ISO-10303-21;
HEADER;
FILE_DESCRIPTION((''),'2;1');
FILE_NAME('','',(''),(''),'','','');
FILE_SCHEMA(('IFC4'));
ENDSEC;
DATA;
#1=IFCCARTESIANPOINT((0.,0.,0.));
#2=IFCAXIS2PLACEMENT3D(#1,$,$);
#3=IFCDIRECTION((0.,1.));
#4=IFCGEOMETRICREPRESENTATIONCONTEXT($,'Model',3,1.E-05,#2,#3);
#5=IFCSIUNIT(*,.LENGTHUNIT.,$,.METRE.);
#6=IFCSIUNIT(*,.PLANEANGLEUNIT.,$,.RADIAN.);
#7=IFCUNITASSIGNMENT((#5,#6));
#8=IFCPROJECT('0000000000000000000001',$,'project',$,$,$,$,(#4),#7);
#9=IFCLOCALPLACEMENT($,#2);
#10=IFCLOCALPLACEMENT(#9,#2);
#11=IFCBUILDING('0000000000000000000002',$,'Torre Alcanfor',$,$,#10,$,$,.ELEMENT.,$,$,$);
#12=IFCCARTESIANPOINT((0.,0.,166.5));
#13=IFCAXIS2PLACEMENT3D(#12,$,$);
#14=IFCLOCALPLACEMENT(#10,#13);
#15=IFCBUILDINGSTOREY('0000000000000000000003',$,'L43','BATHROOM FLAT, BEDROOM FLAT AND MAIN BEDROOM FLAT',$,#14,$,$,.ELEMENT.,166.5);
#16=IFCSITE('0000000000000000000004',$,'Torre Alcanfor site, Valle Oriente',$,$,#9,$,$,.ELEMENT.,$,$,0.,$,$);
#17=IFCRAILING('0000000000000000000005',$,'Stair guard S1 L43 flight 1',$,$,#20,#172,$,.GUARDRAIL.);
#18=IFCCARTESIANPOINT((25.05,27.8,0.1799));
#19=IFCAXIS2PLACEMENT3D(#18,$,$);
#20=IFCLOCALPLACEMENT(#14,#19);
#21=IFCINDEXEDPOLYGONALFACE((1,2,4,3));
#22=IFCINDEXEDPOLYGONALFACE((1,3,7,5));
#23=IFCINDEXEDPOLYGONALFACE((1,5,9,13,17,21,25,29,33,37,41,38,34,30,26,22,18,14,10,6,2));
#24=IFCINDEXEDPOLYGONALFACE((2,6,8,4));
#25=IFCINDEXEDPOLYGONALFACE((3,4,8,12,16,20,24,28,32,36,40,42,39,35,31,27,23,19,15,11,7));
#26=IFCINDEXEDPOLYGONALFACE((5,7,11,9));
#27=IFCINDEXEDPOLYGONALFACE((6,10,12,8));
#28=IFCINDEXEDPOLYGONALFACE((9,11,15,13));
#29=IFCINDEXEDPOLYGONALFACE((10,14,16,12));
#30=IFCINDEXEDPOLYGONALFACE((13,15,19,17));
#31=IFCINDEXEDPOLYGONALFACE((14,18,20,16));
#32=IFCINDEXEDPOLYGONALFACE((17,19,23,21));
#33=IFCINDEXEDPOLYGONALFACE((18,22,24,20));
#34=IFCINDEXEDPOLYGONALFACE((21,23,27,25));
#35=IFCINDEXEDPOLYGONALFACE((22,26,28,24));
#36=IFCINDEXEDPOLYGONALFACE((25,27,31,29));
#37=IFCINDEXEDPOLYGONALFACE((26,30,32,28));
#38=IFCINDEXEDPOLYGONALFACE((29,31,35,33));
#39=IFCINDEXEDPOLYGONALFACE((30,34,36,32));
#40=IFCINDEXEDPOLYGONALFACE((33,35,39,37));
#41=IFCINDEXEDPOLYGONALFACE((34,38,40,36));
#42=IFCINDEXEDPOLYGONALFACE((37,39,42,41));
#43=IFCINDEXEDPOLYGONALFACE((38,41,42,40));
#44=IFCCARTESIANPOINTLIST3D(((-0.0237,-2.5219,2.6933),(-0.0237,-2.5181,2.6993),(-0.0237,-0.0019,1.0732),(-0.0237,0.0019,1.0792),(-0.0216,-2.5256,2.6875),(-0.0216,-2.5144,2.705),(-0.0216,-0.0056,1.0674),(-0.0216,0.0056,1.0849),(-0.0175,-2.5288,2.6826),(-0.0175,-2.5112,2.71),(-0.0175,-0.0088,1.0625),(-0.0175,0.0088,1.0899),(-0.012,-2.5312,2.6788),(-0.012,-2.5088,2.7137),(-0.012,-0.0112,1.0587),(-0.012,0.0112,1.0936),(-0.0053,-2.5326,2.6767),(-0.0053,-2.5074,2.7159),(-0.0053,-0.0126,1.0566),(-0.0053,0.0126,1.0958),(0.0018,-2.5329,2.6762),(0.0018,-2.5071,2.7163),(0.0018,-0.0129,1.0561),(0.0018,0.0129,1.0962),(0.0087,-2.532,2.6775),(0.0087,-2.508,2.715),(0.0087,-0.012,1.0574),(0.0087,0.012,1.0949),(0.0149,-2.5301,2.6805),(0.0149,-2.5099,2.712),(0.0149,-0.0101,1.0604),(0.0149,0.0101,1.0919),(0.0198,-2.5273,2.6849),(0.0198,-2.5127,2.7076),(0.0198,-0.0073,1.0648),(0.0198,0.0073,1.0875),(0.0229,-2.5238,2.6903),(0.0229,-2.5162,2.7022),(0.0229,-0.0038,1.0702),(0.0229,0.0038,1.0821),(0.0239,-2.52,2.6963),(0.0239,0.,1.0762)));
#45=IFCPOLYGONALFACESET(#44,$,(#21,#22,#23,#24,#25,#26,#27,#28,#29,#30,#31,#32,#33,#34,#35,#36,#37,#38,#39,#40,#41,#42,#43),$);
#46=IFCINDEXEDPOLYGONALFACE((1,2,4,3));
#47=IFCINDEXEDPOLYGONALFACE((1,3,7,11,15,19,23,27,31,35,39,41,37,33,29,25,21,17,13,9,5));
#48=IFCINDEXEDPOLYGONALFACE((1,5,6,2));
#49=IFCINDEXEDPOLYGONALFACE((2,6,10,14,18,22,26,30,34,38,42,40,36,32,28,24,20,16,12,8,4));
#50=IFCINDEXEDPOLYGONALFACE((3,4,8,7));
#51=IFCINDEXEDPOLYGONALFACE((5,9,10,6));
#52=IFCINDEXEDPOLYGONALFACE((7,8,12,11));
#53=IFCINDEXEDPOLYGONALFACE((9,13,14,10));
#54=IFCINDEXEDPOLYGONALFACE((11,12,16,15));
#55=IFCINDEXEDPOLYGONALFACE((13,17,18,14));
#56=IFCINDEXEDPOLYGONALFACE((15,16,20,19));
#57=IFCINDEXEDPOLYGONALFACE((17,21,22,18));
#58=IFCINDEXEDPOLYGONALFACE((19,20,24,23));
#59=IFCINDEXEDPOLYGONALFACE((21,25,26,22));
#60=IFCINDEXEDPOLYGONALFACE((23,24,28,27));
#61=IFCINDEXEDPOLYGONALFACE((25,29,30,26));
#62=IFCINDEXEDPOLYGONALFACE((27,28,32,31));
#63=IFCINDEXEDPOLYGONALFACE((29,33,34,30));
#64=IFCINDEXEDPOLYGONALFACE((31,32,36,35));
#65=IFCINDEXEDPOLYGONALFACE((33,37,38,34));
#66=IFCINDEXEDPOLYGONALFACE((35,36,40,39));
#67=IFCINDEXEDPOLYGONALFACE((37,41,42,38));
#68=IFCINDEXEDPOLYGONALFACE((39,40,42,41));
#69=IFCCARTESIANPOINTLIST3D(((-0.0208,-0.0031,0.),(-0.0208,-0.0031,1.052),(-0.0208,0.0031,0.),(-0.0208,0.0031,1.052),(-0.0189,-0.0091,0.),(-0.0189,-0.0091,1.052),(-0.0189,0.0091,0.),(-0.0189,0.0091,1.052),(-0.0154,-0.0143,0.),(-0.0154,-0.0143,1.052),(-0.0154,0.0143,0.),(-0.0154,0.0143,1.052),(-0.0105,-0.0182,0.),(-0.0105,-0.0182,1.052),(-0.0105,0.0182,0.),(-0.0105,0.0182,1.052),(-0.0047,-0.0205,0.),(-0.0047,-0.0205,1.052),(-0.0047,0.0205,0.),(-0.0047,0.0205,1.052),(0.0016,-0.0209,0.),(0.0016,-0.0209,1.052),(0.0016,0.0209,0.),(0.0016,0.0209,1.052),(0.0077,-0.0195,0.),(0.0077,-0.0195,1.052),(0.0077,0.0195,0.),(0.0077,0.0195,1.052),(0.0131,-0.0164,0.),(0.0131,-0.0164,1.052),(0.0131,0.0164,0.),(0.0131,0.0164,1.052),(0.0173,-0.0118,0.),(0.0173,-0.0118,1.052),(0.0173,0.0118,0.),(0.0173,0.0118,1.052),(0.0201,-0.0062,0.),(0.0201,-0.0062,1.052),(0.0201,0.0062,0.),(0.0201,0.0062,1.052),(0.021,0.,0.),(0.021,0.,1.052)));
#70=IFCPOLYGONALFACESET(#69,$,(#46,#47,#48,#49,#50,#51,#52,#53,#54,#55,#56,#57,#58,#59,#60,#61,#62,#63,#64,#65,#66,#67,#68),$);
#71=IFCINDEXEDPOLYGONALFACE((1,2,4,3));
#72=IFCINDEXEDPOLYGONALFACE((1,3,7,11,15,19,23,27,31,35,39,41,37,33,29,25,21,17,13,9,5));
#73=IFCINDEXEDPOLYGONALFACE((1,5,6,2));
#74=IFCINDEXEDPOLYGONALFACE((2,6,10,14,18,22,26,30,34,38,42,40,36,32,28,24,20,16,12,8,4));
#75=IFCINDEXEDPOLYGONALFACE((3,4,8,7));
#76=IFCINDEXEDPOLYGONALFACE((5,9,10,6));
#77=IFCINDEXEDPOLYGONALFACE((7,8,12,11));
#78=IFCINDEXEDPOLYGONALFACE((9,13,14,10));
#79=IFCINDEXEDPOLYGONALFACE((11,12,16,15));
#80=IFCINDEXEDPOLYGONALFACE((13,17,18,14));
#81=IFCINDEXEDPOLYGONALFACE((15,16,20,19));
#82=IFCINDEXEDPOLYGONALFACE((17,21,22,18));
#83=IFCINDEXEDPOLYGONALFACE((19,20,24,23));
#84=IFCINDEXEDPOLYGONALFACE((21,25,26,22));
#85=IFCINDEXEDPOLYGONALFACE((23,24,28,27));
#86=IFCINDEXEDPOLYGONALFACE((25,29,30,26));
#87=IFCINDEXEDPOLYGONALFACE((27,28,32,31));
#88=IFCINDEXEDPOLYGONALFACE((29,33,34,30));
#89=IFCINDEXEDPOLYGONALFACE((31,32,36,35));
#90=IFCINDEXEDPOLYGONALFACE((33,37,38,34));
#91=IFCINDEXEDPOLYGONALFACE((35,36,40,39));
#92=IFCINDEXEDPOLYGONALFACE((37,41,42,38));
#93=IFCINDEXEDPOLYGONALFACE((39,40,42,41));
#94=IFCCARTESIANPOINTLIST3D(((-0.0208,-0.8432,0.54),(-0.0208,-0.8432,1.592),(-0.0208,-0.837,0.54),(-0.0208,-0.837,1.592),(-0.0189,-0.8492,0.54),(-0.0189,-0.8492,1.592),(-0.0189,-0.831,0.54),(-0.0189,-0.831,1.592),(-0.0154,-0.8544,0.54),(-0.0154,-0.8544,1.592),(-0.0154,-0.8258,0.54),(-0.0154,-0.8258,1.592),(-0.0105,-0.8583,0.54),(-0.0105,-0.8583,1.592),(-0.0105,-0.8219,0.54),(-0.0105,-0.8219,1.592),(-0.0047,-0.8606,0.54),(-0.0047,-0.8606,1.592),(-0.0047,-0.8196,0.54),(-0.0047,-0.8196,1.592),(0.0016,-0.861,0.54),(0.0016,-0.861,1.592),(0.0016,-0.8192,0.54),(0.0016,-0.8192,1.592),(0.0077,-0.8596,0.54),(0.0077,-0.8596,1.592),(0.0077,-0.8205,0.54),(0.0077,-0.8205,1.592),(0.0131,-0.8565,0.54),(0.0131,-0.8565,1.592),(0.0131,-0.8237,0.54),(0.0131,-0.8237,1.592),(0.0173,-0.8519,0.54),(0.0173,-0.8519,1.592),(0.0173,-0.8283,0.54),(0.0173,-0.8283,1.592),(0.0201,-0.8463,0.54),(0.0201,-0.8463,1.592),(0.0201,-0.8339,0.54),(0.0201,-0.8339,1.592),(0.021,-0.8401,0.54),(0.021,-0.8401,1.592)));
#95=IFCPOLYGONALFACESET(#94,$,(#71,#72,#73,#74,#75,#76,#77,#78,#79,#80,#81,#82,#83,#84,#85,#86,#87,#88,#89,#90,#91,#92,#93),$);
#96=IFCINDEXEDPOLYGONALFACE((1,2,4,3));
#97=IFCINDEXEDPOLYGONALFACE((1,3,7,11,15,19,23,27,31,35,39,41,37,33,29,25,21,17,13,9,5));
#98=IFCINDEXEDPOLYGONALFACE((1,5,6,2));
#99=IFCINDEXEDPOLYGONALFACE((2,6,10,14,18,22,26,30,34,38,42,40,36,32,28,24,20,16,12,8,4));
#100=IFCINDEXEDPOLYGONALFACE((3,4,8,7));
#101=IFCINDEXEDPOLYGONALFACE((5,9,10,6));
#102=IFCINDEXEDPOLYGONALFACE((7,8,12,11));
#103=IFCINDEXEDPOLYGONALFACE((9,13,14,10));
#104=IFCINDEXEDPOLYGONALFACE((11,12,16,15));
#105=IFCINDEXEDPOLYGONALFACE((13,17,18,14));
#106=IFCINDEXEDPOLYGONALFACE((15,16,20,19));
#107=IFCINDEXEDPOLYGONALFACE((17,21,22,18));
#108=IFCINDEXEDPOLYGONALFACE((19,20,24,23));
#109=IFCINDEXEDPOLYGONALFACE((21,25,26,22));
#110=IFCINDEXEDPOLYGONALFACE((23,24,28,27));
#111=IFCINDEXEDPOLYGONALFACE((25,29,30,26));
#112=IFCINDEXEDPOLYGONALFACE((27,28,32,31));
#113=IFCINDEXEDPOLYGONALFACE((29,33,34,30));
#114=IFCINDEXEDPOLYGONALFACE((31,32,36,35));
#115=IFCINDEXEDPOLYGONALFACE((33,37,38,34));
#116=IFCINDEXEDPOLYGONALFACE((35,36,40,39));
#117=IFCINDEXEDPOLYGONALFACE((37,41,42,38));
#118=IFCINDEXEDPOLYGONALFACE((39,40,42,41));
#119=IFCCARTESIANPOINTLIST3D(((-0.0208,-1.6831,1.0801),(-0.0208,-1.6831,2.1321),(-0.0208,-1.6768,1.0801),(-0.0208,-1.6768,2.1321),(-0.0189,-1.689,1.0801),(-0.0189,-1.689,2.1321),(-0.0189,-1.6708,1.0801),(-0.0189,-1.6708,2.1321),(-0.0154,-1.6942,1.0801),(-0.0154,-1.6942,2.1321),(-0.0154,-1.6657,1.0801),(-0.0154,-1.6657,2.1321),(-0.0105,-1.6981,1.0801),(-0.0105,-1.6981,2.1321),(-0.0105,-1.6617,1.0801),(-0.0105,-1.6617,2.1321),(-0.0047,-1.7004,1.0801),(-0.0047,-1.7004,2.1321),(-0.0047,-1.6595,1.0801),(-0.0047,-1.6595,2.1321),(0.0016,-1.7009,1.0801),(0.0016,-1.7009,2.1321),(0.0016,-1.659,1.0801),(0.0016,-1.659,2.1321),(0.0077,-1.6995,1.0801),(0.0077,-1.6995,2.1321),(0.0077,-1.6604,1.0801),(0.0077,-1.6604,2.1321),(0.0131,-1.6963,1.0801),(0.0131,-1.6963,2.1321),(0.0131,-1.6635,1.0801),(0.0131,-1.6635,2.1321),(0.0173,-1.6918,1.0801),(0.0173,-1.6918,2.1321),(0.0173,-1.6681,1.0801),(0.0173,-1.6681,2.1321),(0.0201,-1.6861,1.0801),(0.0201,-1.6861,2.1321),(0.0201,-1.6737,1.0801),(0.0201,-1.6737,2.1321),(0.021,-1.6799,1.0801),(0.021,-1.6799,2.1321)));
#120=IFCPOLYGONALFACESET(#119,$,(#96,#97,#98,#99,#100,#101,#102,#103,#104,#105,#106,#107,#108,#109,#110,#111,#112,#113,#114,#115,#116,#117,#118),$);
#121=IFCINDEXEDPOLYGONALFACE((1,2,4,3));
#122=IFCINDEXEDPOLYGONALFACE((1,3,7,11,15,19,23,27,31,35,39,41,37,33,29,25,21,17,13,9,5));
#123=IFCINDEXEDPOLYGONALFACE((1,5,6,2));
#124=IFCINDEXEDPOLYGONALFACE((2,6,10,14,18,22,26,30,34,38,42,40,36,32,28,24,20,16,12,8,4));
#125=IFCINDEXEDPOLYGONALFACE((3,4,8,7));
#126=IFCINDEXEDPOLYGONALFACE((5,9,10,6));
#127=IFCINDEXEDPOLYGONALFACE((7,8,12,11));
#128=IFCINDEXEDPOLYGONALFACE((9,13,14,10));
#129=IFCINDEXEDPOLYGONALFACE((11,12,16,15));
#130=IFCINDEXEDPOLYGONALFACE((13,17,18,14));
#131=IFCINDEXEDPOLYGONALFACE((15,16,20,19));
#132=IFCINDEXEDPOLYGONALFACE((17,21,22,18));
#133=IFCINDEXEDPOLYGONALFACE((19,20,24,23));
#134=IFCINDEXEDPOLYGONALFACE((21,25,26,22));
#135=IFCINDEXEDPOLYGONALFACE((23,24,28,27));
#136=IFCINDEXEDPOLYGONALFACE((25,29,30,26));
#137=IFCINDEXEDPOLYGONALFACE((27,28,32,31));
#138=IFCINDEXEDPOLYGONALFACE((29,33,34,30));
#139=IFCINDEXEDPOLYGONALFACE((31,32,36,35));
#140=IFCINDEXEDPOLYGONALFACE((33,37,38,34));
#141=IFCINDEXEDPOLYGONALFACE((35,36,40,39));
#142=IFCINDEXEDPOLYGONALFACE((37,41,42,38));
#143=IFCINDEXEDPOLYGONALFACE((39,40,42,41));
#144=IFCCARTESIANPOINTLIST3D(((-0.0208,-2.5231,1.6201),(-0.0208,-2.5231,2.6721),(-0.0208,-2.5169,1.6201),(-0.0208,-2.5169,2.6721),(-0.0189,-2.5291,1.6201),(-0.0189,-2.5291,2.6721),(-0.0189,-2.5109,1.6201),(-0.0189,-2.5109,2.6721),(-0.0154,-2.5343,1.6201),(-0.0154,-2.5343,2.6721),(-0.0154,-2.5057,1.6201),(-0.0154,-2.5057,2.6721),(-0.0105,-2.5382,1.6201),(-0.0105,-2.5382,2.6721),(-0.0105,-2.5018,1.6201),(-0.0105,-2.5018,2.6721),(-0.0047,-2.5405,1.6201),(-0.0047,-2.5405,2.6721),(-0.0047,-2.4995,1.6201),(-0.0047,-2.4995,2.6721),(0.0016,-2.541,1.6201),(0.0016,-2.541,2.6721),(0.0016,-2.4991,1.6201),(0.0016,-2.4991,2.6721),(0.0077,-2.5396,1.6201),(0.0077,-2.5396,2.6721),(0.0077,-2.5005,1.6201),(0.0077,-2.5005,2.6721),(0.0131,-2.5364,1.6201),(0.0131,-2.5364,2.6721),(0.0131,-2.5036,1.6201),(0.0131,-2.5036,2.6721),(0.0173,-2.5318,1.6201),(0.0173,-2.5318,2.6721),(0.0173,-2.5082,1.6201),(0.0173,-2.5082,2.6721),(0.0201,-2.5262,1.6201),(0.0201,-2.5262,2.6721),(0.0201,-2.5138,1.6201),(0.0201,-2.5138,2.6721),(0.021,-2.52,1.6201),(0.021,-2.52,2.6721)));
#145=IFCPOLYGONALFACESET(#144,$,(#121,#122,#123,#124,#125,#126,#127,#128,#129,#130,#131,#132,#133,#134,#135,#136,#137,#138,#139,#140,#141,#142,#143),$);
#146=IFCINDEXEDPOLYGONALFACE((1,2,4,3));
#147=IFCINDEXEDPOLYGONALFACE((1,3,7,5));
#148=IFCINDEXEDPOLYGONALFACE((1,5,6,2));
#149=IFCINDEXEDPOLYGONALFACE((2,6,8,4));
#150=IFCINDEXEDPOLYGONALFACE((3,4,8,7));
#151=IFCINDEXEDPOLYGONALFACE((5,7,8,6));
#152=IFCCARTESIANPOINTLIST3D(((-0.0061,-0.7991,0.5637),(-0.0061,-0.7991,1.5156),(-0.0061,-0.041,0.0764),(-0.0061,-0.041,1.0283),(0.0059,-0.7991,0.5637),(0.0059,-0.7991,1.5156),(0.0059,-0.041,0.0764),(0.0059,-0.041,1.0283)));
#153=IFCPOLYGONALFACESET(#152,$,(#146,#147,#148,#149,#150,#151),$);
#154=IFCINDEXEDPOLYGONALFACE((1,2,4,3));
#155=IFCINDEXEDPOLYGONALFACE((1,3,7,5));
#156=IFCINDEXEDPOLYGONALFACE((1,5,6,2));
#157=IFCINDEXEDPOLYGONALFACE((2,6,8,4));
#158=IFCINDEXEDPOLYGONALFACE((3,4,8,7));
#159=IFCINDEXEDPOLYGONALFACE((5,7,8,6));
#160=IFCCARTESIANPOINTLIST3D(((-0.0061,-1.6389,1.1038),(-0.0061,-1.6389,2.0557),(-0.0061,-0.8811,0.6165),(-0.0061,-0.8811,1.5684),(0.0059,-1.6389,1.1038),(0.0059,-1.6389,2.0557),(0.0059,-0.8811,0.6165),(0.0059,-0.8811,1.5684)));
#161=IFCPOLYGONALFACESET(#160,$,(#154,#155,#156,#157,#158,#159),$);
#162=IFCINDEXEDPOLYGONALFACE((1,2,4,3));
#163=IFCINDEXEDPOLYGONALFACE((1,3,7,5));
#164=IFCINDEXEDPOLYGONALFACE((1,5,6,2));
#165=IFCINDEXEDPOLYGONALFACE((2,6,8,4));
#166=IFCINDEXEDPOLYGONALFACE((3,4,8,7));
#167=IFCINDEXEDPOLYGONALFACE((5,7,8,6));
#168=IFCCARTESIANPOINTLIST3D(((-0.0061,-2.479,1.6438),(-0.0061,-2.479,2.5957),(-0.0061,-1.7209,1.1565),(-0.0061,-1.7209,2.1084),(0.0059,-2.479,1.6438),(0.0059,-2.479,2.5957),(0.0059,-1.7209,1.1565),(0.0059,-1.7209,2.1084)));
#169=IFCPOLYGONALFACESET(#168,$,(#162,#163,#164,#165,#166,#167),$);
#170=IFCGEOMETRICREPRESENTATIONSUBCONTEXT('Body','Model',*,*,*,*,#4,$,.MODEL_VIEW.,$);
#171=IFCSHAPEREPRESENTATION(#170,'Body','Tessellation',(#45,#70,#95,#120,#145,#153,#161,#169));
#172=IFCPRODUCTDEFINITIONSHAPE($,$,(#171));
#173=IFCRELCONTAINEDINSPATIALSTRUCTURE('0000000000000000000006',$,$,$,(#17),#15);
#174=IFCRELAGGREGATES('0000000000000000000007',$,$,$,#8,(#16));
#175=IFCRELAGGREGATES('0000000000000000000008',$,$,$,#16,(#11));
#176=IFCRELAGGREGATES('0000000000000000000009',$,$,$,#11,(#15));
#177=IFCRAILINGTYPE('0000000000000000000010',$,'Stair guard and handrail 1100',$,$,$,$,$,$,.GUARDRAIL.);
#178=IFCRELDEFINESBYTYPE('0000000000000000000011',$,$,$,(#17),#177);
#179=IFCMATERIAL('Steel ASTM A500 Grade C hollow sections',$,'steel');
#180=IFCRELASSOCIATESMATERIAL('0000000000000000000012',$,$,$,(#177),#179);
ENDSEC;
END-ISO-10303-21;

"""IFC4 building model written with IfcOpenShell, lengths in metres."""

from ifc_helpers import new_model, si_unit, direction, frame, origin, origin_2d, place, context, subcontext, project, spatial, polyline, circle, outline, extrude, material, type_object, element, save


model = new_model("IFC4")

# Units and contexts
model_context = context("Model", 3, precision=1e-05, world=origin(), true_north=direction((0.0, 1.0)))
body_context = subcontext(model_context, "Body", "Model", "MODEL_VIEW")
ifc_project = project(units=[si_unit("LENGTHUNIT", "METRE"), si_unit("PLANEANGLEUNIT", "RADIAN")], contexts=[model_context])

# Site, building, storey
site_placement = place(None, origin())
site = spatial("IfcSite", under=ifc_project, at=site_placement, Name="Torre Alcanfor site, Valle Oriente", CompositionType="ELEMENT", RefElevation=0.0)
building_placement = place(site_placement, origin())
building = spatial("IfcBuilding", under=site, at=building_placement, Name="Torre Alcanfor", CompositionType="ELEMENT")
storey_placement = place(building_placement, frame((0.0, 0.0, 166.5)))
storey = spatial("IfcBuildingStorey", under=building, at=storey_placement, Name="L43", Description="BATHROOM FLAT, BEDROOM FLAT AND MAIN BEDROOM FLAT", CompositionType="ELEMENT", Elevation=166.5)

# Railing
ifc_material_1 = material(Name="Steel ASTM A500 Grade C hollow sections", Category="steel")
railing_type_1 = type_object("IfcRailingType", Name="Stair guard and handrail 1100", PredefinedType="GUARDRAIL", material=ifc_material_1)
railing_1_placement = place(storey_placement, frame((25.05, 27.8, 0.1799)))
element("IfcRailing", 1, at=railing_1_placement, inside=storey, type_object=railing_type_1, Name="Stair guard S1 L43 flight 1", PredefinedType="GUARDRAIL", context=body_context, shape_type="SweptSolid", body=[
    extrude(circle(Radius=0.0239, at=origin_2d()), frame((0.0, 0.0, 1.0762), z_axis=(0.0, -0.841163, 0.540782), x_axis=(1.0, 0.0, 0.0)), (0.0, 0.0, 1.0), 2.9958),
    extrude(circle(Radius=0.021, at=origin_2d()), origin(), (0.0, 0.0, 1.0), 1.052),
    extrude(circle(Radius=0.021, at=origin_2d()), frame((0.0, -0.8401, 0.54)), (0.0, 0.0, 1.0), 1.052),
    extrude(circle(Radius=0.021, at=origin_2d()), frame((0.0, -1.6799, 1.0801)), (0.0, 0.0, 1.0), 1.052),
    extrude(circle(Radius=0.021, at=origin_2d()), frame((0.0, -2.52, 1.6201)), (0.0, 0.0, 1.0), 1.052),
    extrude(outline(polyline([(0.041, 0.0764), (0.7991, 0.5637), (0.7991, 1.5156), (0.041, 1.0283), (0.041, 0.0764)])), frame((0.0059, 0.0, 0.0), z_axis=(-1.0, 0.0, 0.0), x_axis=(0.0, -1.0, 0.0)), (0.0, 0.0, 1.0), 0.012),
    extrude(outline(polyline([(0.8811, 0.6165), (1.6389, 1.1038), (1.6389, 2.0557), (0.8811, 1.5684), (0.8811, 0.6165)])), frame((0.0059, 0.0, 0.0), z_axis=(-1.0, 0.0, 0.0), x_axis=(0.0, -1.0, 0.0)), (0.0, 0.0, 1.0), 0.012),
    extrude(outline(polyline([(1.7209, 1.1565), (2.479, 1.6438), (2.479, 2.5957), (1.7209, 2.1084), (1.7209, 1.1565)])), frame((0.0059, 0.0, 0.0), z_axis=(-1.0, 0.0, 0.0), x_axis=(0.0, -1.0, 0.0)), (0.0, 0.0, 1.0), 0.012),
])

save(model, "model.ifc")
